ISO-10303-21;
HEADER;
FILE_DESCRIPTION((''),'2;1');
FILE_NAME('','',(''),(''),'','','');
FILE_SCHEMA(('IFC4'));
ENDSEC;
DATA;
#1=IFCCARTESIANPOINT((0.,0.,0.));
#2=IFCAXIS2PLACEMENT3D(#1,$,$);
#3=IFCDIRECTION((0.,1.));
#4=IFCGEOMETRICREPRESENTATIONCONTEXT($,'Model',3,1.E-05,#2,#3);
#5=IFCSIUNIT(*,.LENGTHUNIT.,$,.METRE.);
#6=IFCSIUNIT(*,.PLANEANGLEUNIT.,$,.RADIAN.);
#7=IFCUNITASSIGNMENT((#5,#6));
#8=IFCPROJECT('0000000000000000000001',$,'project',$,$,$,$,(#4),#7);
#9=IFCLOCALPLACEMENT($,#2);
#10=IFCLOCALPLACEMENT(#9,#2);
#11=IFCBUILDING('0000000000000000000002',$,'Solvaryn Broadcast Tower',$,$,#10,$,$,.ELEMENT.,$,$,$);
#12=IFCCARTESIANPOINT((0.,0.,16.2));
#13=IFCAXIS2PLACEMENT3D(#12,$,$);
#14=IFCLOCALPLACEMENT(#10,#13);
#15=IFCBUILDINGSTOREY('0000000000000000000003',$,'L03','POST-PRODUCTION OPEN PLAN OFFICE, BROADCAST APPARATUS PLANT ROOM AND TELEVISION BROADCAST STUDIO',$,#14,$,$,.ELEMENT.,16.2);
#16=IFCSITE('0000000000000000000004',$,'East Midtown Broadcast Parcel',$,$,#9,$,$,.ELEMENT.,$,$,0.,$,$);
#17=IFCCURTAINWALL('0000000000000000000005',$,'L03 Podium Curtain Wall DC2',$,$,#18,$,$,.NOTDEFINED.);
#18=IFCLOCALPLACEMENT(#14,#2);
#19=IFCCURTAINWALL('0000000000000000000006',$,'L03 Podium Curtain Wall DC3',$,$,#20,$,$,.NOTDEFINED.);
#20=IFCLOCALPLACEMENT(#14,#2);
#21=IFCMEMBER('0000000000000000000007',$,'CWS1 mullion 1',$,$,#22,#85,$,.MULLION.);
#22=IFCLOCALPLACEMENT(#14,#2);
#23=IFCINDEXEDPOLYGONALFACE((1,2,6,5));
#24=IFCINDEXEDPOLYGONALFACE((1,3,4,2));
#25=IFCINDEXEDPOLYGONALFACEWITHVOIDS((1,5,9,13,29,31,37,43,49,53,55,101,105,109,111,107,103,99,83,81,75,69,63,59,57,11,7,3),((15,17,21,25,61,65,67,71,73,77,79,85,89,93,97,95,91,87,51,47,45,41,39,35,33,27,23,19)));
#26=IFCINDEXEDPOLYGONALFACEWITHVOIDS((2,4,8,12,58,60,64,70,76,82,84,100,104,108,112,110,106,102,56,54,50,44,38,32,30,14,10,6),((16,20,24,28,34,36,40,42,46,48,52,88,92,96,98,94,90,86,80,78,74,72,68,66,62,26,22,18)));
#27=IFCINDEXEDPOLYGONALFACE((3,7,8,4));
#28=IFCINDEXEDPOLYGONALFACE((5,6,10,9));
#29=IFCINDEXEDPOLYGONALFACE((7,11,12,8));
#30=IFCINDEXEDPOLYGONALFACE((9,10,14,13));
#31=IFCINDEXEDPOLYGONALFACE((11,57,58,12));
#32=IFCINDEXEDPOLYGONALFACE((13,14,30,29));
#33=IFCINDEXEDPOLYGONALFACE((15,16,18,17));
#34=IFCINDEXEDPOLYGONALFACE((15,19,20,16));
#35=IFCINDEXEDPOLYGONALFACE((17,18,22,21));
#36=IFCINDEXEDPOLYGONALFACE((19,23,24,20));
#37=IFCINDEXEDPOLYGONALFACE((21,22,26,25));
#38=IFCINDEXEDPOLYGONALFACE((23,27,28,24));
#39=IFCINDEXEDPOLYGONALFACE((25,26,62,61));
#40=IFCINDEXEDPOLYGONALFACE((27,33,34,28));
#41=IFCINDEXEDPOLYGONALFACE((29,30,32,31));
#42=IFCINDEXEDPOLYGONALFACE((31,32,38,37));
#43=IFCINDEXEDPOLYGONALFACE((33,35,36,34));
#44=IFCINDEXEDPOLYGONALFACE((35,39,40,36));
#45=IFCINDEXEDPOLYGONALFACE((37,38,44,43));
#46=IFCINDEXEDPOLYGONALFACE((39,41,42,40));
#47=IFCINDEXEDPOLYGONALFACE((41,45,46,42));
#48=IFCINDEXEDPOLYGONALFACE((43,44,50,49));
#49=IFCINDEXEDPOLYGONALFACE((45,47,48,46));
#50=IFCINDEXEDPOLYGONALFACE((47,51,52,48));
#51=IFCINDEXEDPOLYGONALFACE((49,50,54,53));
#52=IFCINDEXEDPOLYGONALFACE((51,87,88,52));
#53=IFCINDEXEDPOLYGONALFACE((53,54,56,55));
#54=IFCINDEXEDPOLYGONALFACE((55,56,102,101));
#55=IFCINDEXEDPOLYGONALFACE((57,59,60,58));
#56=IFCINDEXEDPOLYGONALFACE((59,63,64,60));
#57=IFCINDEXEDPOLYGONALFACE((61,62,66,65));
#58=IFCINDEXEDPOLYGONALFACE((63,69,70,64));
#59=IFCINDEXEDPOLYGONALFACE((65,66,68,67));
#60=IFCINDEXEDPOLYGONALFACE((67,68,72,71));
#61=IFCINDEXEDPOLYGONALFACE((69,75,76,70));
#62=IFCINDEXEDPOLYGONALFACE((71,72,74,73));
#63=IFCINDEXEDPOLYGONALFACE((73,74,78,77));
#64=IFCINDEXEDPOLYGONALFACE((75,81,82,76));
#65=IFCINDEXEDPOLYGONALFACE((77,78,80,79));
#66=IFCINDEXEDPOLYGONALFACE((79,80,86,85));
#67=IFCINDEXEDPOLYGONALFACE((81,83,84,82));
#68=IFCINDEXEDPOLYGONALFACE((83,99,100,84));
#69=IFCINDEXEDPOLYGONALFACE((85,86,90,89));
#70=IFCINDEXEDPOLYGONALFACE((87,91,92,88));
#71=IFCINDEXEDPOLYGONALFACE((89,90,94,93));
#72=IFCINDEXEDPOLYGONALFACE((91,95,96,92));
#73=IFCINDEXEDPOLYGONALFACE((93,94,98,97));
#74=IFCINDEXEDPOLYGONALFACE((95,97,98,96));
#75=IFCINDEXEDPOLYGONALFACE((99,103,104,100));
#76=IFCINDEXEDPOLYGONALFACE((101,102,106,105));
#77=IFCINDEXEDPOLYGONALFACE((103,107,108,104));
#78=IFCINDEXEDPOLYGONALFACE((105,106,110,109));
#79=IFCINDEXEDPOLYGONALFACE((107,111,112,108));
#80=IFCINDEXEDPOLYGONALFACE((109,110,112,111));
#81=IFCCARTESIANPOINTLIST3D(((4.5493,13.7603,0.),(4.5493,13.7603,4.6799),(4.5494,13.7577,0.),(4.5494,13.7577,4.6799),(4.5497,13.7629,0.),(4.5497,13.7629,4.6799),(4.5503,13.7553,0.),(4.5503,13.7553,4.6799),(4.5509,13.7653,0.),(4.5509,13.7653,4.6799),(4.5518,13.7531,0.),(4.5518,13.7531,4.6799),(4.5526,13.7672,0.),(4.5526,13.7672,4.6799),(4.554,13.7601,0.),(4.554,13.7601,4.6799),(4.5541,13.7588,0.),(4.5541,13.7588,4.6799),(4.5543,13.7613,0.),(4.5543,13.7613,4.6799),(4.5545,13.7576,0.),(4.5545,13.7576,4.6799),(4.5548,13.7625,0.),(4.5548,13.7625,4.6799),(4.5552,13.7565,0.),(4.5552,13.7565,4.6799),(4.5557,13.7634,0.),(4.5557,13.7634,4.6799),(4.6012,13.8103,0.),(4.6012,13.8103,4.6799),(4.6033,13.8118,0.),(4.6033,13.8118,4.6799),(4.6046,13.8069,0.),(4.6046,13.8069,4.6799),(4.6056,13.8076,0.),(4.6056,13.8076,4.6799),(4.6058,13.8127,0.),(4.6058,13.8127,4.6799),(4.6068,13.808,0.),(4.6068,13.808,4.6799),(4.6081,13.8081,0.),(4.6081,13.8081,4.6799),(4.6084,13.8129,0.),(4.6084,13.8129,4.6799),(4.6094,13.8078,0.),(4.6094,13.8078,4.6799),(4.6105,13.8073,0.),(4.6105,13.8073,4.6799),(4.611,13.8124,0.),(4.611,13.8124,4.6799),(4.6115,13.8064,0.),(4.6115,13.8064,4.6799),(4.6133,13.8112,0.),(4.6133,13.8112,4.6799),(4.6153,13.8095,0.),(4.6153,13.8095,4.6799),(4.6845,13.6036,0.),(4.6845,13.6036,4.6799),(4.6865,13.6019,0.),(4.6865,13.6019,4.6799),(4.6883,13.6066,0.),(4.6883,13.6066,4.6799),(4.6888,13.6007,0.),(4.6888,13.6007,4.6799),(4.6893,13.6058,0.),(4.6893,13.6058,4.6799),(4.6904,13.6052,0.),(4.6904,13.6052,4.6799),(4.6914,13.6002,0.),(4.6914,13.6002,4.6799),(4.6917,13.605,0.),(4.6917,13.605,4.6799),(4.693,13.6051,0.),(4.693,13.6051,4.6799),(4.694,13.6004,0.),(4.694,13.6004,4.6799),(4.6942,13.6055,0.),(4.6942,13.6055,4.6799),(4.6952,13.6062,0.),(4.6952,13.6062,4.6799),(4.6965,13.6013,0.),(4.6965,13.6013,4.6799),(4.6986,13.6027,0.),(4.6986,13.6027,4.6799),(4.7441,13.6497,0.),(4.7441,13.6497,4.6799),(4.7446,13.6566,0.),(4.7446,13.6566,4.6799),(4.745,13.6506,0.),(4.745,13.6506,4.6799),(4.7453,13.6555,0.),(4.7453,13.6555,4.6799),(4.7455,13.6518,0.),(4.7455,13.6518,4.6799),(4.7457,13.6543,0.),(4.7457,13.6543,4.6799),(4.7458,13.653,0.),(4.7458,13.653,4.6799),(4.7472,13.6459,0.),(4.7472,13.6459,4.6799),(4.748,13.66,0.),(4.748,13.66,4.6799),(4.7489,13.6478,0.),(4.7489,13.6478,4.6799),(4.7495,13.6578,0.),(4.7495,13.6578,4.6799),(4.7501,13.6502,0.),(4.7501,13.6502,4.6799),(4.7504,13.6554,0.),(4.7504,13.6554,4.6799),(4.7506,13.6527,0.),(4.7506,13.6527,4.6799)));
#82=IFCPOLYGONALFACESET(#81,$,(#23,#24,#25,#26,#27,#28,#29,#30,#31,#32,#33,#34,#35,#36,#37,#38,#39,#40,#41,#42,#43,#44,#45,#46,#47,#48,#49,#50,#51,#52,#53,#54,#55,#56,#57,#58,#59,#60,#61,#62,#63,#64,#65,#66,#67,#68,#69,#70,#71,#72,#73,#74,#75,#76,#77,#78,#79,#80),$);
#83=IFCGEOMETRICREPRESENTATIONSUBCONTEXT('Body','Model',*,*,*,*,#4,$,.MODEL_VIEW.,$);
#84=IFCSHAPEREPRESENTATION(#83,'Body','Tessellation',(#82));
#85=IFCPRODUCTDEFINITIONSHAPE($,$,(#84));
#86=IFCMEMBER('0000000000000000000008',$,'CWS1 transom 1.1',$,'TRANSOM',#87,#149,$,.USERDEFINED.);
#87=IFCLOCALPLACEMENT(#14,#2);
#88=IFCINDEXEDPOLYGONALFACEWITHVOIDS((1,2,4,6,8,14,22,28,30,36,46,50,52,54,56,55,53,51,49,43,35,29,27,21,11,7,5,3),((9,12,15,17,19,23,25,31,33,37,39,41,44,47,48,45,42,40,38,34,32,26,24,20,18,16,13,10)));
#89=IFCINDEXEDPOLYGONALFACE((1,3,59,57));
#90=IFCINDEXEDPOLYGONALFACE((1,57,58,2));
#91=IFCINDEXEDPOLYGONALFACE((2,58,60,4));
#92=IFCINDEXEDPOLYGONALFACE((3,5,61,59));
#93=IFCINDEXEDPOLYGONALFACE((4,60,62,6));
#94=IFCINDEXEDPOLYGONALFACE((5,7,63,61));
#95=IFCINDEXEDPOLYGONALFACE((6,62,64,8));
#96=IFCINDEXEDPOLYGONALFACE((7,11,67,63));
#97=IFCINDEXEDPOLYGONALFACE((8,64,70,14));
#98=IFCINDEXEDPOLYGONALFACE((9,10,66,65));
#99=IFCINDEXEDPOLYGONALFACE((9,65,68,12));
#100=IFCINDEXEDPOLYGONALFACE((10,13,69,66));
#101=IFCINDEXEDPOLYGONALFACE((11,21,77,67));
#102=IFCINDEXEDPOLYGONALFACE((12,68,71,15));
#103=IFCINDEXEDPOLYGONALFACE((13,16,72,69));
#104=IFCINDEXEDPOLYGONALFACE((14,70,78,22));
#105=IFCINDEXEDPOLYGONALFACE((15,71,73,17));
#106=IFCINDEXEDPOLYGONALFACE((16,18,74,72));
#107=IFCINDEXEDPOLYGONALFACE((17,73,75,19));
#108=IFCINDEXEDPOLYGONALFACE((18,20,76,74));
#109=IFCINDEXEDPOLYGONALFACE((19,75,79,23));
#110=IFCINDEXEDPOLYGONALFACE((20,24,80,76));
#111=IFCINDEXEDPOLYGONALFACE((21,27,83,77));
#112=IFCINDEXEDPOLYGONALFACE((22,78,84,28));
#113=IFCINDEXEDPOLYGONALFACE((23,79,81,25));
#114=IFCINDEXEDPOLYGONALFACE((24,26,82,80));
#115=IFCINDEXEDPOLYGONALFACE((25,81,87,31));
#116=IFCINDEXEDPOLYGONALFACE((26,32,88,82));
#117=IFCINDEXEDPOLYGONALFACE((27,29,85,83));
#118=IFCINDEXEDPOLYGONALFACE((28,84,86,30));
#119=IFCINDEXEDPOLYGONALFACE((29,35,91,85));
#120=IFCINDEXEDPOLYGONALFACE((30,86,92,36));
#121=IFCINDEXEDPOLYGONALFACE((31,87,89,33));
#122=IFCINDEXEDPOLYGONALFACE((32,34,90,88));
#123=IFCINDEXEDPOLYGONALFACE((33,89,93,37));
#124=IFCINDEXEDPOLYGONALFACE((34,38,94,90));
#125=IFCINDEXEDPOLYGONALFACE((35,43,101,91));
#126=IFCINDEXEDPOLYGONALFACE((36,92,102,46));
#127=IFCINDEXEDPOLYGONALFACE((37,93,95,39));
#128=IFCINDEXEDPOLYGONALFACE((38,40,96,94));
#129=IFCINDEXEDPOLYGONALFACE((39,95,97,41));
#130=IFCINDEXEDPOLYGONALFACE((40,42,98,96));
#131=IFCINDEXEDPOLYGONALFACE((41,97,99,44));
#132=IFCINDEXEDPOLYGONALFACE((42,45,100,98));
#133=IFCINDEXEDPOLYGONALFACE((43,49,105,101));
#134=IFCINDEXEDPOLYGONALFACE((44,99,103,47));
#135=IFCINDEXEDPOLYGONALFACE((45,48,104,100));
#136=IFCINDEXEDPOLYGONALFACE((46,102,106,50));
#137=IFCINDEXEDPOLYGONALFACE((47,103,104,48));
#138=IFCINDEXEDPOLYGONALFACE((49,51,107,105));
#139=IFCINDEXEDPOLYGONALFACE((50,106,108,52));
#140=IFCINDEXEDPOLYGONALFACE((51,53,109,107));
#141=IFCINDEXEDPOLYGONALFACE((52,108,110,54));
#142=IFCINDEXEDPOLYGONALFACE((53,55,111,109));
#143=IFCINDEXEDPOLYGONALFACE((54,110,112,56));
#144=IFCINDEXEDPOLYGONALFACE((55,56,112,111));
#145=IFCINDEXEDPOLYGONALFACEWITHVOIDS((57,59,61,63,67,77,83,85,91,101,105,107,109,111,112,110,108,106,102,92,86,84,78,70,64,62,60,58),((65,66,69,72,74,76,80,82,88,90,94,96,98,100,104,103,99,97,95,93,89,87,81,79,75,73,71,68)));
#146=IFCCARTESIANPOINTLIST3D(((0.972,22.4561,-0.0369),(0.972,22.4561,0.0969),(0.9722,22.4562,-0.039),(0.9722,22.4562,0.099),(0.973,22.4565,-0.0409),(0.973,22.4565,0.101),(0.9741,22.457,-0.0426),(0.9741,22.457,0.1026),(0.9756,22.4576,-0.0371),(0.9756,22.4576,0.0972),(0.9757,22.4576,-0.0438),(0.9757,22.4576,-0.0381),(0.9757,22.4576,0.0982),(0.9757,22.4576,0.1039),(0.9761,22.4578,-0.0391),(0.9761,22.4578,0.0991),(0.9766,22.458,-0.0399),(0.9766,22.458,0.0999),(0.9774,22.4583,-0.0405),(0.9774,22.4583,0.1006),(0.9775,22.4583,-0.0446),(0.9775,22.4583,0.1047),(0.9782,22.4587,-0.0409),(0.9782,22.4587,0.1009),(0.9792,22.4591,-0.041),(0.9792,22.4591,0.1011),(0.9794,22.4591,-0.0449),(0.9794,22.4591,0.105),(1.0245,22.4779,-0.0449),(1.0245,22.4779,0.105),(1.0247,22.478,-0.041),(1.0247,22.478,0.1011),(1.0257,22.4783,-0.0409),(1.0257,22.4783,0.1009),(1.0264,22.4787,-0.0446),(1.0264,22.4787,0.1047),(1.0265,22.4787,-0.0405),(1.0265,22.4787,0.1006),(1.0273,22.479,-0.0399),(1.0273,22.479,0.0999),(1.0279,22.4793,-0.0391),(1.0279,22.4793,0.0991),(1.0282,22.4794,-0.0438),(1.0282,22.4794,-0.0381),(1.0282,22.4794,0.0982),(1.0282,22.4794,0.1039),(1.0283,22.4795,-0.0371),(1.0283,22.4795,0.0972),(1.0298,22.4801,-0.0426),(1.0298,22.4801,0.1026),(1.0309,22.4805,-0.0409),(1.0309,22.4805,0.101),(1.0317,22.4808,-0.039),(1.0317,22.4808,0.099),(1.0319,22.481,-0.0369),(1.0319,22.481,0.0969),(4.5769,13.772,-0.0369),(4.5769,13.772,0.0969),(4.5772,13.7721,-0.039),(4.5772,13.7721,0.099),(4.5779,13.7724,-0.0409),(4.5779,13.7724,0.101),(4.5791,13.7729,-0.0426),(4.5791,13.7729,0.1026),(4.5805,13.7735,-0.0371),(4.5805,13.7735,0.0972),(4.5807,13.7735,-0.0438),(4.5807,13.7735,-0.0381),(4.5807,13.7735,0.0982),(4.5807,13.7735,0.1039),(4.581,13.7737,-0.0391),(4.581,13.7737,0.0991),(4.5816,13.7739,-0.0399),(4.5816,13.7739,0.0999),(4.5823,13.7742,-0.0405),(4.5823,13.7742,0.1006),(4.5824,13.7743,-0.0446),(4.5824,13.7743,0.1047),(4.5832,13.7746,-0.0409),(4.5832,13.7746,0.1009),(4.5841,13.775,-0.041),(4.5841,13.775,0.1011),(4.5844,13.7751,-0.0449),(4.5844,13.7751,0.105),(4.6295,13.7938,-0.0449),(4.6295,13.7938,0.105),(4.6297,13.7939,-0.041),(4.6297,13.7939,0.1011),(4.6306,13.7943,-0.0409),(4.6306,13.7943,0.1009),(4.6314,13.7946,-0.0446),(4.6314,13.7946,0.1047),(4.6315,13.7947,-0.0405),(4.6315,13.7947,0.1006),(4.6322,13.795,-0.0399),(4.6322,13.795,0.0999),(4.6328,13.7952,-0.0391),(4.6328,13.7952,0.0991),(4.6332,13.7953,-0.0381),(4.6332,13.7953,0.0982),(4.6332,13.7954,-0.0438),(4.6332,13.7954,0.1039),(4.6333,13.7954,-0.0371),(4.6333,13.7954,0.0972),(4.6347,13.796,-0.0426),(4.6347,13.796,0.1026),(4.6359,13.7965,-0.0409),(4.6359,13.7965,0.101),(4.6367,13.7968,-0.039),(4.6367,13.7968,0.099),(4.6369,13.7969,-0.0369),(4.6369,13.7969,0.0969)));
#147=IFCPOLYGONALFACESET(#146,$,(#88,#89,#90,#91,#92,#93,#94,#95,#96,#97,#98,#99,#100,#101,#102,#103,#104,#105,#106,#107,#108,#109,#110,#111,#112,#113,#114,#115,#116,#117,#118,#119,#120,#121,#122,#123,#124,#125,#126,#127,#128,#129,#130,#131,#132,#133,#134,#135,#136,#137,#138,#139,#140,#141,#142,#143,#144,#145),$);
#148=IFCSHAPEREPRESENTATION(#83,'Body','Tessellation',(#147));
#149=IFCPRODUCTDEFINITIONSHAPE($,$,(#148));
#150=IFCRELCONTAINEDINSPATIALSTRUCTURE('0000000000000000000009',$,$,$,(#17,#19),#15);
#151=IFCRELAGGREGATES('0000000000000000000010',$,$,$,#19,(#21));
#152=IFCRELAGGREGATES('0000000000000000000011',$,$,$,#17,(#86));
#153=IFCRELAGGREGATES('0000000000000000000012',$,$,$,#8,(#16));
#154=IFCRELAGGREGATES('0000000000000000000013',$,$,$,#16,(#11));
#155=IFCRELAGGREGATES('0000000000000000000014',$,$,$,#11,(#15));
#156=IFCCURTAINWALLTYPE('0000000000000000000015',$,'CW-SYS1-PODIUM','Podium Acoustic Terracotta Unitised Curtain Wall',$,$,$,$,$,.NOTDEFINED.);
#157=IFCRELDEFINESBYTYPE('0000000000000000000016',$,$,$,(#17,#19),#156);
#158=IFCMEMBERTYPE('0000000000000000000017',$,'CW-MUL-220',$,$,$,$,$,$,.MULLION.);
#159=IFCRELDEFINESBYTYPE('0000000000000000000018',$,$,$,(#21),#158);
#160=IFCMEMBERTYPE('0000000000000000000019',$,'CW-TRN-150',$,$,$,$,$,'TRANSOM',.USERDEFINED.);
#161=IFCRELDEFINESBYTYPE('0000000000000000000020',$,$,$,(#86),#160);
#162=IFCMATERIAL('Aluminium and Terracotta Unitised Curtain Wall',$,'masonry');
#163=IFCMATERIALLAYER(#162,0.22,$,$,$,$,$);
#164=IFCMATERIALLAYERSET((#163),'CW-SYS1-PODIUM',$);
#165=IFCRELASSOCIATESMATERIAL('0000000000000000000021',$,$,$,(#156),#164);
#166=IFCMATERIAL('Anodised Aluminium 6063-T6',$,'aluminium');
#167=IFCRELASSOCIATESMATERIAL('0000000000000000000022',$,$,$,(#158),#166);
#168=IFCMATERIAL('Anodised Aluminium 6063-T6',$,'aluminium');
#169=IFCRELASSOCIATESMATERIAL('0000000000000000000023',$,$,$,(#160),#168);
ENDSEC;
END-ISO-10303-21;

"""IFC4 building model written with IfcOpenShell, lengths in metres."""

from ifc_helpers import new_model, si_unit, direction, frame, origin, origin_2d, place, context, subcontext, project, spatial, hollow_rectangle, extrude, material, layer, layer_set, material_profile, profile_set, type_object, element, aggregate, save


model = new_model("IFC4")

# Units and contexts
model_context = context("Model", 3, precision=1e-05, world=origin(), true_north=direction((0.0, 1.0)))
body_context = subcontext(model_context, "Body", "Model", "MODEL_VIEW")
ifc_project = project(units=[si_unit("LENGTHUNIT", "METRE"), si_unit("PLANEANGLEUNIT", "RADIAN")], contexts=[model_context])

# Site, building, storey
site_placement = place(None, origin())
site = spatial("IfcSite", under=ifc_project, at=site_placement, Name="East Midtown Broadcast Parcel", CompositionType="ELEMENT", RefElevation=0.0)
building_placement = place(site_placement, origin())
building = spatial("IfcBuilding", under=site, at=building_placement, Name="Solvaryn Broadcast Tower", CompositionType="ELEMENT")
storey_placement = place(building_placement, frame((0.0, 0.0, 16.2)))
storey = spatial("IfcBuildingStorey", under=building, at=storey_placement, Name="L03", Description="POST-PRODUCTION OPEN PLAN OFFICE, BROADCAST APPARATUS PLANT ROOM AND TELEVISION BROADCAST STUDIO", CompositionType="ELEMENT", Elevation=16.2)

# Shared definitions
ifc_material_1 = material(Name="Aluminium and Terracotta Unitised Curtain Wall", Category="masonry")
ifc_layer_1 = layer(ifc_material_1, 0.22)
ifc_layer_set_1 = layer_set([ifc_layer_1], Name="CW-SYS1-PODIUM")
curtain_wall_type = type_object("IfcCurtainWallType", Name="CW-SYS1-PODIUM", Description="Podium Acoustic Terracotta Unitised Curtain Wall", PredefinedType="NOTDEFINED", material=ifc_layer_set_1)
ifc_material_2 = material(Name="Anodised Aluminium 6063-T6", Category="aluminium")
ifc_material_profile_1 = material_profile(ifc_material_2, hollow_rectangle(XDim=0.085, YDim=0.22, WallThickness=0.0049, InnerFilletRadius=0.0049, OuterFilletRadius=0.01, at=origin_2d()))
ifc_profile_set_1 = profile_set([ifc_material_profile_1], Name="Anodised Aluminium 6063-T6")
member_type_1 = type_object("IfcMemberType", Name="CW-MUL-220", PredefinedType="MULLION", material=ifc_profile_set_1)

# Curtain wall
curtain_wall_1_placement = place(storey_placement, origin())
curtain_wall_1 = element("IfcCurtainWall", 1, at=curtain_wall_1_placement, inside=storey, type_object=curtain_wall_type, Name="L03 Podium Curtain Wall DC2", PredefinedType="NOTDEFINED")

# Curtain wall, member
curtain_wall_2_placement = place(storey_placement, origin())
curtain_wall_2 = element("IfcCurtainWall", 2, at=curtain_wall_2_placement, inside=storey, type_object=curtain_wall_type, Name="L03 Podium Curtain Wall DC3", PredefinedType="NOTDEFINED")
member_1_placement = place(storey_placement, frame((4.6499, 13.7065, 0.0), z_axis=(0.0, 0.0, 1.0), x_axis=(0.747809, 0.663914, 0.0)))
member_1 = element("IfcMember", 3, at=member_1_placement, type_object=member_type_1, Name="CWS1 mullion 1", PredefinedType="MULLION", context=body_context, shape_type="SweptSolid", body=[
    extrude(hollow_rectangle(XDim=0.085, YDim=0.22, WallThickness=0.0049, InnerFilletRadius=0.0049, OuterFilletRadius=0.01, at=origin_2d()), origin(), (0.0, 0.0, 1.0), 4.6799),
])

# Member
ifc_material_3 = material(Name="Anodised Aluminium 6063-T6", Category="aluminium")
ifc_material_profile_2 = material_profile(ifc_material_3, hollow_rectangle(XDim=0.0649, YDim=0.1499, WallThickness=0.0039, InnerFilletRadius=0.0039, OuterFilletRadius=0.0081, at=origin_2d()))
ifc_profile_set_2 = profile_set([ifc_material_profile_2], Name="Anodised Aluminium 6063-T6")
member_type_2 = type_object("IfcMemberType", Name="CW-TRN-150", ElementType="TRANSOM", PredefinedType="USERDEFINED", material=ifc_profile_set_2)
member_2_placement = place(storey_placement, frame((1.002, 22.4685, 0.03), z_axis=(0.383402, -0.923582, 0.0), x_axis=(0.923582, 0.383402, 0.0)))
member_2 = element("IfcMember", 4, at=member_2_placement, type_object=member_type_2, Name="CWS1 transom 1.1", ObjectType="TRANSOM", PredefinedType="USERDEFINED", context=body_context, shape_type="SweptSolid", body=[
    extrude(hollow_rectangle(XDim=0.0649, YDim=0.1499, WallThickness=0.0039, InnerFilletRadius=0.0039, OuterFilletRadius=0.0081, at=origin_2d()), origin(), (0.0, 0.0, 1.0), 9.4026),
])
aggregate(curtain_wall_2, [member_1])

aggregate(curtain_wall_1, [member_2])

save(model, "model.ifc")
